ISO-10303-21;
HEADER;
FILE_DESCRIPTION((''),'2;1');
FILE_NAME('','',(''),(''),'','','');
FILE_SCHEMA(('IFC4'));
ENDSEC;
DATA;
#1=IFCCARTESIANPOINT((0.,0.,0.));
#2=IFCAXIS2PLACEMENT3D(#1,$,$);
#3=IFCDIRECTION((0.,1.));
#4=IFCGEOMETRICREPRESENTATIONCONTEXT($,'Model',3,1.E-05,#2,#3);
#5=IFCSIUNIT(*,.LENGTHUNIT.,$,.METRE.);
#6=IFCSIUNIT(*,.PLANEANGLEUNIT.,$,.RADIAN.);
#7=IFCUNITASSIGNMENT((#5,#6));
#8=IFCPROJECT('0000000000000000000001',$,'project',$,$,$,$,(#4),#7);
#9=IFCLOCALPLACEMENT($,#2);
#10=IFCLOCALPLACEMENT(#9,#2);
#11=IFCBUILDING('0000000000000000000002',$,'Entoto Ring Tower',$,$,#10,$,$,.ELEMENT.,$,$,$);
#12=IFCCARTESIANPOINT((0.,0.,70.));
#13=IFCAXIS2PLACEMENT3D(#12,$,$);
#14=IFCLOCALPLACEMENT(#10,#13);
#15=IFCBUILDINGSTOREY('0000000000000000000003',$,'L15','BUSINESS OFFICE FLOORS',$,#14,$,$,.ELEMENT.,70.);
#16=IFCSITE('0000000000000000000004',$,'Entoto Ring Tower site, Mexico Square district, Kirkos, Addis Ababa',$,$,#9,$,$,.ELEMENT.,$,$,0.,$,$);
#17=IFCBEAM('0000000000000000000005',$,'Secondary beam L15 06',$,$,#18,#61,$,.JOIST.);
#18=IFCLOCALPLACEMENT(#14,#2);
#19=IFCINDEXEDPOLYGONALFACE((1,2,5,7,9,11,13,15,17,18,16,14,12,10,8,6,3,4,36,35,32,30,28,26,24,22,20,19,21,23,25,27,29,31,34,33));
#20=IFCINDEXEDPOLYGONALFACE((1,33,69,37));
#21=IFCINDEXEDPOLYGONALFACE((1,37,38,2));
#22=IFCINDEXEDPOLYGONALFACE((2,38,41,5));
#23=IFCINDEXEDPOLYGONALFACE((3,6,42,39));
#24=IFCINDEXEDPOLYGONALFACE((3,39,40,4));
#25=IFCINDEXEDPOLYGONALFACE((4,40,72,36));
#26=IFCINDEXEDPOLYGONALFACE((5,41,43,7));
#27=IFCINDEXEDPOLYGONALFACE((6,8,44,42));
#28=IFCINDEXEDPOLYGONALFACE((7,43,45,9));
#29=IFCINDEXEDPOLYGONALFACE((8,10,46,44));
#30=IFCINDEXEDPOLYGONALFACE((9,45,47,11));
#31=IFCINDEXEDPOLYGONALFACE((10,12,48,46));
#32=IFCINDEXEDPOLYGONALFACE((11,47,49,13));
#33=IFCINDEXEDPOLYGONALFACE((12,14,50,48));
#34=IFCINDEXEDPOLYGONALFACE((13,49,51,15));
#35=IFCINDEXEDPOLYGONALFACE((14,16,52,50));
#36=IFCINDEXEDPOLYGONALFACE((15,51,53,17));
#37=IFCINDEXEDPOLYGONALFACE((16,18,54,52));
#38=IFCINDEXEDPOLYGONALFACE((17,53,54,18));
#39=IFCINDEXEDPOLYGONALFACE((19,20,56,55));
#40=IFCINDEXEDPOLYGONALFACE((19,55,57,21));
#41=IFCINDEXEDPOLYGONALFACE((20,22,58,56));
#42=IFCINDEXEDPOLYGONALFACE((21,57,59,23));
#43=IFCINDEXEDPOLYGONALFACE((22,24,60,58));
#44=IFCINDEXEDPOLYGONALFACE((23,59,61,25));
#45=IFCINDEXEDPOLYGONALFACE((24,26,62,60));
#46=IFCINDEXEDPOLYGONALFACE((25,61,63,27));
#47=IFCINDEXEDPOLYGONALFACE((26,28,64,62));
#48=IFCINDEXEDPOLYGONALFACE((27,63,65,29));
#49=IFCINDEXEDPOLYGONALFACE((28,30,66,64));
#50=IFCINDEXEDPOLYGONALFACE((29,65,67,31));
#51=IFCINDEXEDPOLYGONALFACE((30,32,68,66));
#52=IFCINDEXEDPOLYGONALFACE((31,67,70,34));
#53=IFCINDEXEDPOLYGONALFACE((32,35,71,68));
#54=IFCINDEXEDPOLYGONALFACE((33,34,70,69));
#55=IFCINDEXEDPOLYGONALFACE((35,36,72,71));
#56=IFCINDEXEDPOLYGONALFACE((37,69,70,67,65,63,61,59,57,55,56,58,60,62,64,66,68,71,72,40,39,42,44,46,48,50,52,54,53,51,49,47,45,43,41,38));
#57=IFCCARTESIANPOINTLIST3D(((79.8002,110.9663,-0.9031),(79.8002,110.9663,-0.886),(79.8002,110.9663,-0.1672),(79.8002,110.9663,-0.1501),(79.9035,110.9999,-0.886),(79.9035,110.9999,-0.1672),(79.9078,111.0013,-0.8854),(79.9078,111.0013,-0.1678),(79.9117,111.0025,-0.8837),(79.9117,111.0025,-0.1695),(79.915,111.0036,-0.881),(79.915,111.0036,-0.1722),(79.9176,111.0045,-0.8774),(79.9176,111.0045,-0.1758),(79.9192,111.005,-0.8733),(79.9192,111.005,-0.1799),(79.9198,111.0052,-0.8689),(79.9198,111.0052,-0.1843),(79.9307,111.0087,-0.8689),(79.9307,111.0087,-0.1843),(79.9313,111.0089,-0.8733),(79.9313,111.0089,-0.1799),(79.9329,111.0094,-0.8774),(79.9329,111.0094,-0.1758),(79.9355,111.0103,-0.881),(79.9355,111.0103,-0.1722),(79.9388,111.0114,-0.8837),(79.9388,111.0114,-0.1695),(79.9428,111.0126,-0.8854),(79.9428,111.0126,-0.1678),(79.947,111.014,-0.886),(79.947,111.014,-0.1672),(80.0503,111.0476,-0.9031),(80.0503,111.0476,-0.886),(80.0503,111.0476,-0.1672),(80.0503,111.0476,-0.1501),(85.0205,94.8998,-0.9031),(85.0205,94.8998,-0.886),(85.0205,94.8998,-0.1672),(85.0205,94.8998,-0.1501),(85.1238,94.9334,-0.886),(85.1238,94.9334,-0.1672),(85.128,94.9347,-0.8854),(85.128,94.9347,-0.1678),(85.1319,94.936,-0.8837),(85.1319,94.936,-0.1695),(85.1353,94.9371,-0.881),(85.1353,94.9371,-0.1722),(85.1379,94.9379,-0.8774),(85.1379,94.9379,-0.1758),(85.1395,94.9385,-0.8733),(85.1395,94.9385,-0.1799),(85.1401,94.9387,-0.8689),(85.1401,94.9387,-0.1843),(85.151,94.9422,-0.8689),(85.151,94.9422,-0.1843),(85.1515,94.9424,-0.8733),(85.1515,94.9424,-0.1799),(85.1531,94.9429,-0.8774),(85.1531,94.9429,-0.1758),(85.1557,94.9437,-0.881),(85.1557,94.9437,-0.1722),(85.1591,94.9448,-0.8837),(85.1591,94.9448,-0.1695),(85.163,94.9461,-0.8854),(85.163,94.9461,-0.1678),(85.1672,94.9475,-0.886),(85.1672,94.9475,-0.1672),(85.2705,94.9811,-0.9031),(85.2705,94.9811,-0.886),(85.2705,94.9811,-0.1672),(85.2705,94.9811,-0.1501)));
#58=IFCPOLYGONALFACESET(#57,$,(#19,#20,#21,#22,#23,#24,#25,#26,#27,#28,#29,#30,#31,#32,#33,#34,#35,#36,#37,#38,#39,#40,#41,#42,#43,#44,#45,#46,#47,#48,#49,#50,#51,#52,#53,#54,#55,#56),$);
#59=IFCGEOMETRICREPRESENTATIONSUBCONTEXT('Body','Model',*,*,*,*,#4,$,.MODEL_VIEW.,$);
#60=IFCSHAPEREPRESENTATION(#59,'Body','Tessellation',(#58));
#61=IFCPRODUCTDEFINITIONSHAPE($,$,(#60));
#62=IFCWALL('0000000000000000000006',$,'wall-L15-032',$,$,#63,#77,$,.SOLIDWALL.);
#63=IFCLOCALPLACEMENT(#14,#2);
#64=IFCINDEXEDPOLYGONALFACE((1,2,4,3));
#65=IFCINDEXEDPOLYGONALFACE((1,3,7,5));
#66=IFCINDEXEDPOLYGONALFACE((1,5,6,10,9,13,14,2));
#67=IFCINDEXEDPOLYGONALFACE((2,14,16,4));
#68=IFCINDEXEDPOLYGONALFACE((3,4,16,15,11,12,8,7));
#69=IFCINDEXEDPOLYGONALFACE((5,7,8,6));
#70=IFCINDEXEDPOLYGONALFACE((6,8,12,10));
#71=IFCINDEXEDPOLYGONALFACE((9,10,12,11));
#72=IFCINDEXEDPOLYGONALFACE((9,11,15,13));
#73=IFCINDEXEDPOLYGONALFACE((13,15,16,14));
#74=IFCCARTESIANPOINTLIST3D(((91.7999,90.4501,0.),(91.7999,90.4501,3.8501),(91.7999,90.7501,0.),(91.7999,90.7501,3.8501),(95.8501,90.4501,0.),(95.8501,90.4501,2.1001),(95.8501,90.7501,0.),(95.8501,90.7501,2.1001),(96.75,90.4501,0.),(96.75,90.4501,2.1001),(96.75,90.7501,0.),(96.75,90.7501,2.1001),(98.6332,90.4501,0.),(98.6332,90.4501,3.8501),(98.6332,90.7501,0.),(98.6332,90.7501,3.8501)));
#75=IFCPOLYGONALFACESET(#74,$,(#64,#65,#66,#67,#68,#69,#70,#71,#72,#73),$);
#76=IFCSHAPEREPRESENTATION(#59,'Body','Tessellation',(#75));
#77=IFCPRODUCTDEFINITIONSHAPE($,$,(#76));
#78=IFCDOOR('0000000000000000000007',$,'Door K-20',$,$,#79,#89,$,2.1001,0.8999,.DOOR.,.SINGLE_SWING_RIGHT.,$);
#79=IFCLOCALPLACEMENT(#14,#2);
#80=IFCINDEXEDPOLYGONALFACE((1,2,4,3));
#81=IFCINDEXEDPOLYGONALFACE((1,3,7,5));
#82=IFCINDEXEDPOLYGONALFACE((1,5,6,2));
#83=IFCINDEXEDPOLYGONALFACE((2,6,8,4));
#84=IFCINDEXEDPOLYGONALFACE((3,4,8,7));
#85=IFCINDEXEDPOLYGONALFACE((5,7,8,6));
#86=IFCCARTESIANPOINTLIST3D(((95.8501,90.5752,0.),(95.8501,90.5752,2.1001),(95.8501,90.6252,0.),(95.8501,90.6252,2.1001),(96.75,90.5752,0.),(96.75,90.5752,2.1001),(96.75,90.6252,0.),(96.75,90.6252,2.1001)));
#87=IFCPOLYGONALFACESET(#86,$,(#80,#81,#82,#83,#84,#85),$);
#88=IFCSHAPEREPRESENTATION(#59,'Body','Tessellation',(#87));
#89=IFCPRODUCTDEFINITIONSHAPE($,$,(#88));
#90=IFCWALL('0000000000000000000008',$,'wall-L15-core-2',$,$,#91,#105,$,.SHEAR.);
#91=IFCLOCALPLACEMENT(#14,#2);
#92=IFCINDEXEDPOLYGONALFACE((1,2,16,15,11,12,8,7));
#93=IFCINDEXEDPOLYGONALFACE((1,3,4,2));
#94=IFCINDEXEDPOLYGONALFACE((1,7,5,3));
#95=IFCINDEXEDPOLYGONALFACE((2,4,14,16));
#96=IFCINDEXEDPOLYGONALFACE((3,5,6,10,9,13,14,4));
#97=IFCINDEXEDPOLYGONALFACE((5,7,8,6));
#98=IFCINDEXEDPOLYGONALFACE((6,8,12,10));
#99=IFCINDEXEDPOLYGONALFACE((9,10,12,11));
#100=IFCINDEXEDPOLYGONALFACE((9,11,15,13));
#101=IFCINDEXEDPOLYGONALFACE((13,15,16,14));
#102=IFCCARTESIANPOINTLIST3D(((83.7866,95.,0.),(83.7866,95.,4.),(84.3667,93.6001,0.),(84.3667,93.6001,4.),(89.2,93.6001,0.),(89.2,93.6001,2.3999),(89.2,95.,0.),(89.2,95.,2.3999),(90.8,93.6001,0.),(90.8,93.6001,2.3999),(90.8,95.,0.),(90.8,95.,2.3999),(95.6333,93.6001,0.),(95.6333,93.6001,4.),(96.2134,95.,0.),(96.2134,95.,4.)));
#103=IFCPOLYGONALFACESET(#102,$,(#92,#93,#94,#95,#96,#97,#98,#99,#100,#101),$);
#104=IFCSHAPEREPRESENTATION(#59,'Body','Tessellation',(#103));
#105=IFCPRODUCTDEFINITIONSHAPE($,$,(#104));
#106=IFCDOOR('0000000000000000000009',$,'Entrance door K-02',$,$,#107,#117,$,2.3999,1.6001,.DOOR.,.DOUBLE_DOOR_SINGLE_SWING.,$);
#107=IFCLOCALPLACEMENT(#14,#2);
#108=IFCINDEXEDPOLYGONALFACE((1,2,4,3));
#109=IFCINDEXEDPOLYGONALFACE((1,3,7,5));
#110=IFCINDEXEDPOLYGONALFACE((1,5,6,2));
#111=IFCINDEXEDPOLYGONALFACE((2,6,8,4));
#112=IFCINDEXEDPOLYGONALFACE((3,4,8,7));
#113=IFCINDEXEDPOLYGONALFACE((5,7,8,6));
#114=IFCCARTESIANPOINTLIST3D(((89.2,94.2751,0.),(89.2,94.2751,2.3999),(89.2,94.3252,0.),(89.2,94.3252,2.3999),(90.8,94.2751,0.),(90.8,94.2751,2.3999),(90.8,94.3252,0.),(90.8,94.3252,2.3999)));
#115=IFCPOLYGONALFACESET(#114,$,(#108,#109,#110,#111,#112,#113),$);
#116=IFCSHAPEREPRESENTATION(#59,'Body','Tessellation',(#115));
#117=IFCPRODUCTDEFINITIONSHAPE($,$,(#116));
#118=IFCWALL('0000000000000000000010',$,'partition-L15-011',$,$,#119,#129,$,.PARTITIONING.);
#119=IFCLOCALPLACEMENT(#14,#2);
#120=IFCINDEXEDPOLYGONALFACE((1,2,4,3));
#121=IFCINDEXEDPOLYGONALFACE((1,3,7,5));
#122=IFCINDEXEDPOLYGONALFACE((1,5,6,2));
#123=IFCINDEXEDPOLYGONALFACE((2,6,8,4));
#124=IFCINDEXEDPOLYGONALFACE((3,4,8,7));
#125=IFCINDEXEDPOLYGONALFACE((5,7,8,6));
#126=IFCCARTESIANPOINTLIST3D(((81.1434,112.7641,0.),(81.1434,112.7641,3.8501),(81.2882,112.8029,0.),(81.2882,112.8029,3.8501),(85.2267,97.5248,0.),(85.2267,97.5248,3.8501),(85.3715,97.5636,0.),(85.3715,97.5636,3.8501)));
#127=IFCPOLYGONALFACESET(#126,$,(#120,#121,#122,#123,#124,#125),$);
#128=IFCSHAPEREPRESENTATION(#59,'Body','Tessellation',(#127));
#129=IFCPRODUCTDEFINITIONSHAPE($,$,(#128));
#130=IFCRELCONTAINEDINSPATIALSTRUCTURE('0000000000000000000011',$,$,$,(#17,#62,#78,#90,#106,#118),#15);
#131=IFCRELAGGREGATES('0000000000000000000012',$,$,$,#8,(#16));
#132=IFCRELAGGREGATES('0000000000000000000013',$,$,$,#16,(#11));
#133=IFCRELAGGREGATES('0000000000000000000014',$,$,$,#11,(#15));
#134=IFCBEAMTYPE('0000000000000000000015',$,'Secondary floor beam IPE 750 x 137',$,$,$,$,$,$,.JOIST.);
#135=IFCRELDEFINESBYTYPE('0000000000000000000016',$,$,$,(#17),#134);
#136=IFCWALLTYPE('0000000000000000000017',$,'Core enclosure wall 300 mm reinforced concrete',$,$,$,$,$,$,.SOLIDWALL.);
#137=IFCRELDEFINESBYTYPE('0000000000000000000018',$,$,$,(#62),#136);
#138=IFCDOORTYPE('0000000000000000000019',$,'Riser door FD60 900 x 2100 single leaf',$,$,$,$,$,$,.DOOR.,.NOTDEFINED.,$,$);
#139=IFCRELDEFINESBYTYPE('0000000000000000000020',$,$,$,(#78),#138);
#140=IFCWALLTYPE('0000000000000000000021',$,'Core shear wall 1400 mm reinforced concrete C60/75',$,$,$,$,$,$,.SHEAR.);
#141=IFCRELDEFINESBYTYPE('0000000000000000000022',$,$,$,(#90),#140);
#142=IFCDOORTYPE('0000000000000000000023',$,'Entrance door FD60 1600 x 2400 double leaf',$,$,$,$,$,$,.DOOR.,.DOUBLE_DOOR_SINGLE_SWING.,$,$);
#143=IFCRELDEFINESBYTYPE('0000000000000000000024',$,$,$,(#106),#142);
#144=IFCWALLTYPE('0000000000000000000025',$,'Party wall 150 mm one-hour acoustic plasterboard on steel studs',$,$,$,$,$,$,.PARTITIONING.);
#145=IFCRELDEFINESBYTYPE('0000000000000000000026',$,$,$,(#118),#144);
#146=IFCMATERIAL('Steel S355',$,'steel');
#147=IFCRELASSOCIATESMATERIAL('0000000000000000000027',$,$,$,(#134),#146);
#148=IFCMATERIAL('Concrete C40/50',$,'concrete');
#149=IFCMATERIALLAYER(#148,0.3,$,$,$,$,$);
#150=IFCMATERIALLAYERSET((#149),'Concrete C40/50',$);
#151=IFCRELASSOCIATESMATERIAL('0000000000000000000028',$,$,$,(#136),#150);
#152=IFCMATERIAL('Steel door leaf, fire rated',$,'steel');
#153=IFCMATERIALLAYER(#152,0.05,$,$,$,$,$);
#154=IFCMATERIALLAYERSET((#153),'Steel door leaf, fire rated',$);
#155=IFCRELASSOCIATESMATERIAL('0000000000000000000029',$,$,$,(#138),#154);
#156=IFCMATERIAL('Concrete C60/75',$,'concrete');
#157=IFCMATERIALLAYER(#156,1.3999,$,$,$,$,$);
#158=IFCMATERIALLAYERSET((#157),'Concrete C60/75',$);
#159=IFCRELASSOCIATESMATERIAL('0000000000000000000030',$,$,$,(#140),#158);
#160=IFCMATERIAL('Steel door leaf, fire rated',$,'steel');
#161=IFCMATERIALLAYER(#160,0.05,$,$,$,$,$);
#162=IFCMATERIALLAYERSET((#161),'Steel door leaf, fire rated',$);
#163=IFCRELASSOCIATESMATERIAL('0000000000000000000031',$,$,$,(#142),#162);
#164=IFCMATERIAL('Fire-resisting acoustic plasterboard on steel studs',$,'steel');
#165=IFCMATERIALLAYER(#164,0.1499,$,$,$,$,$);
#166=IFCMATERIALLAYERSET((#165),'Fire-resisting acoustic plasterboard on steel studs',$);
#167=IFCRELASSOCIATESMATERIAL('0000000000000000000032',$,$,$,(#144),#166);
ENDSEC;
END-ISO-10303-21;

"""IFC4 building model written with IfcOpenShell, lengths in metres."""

from ifc_helpers import new_model, si_unit, direction, frame, frame_2d, origin, origin_2d, place, context, subcontext, project, spatial, polyline, rectangle, i_section, outline, extrude, material, layer, layer_set, material_profile, profile_set, type_object, element, fill, save


model = new_model("IFC4")

# Units and contexts
model_context = context("Model", 3, precision=1e-05, world=origin(), true_north=direction((0.0, 1.0)))
body_context = subcontext(model_context, "Body", "Model", "MODEL_VIEW")
ifc_project = project(units=[si_unit("LENGTHUNIT", "METRE"), si_unit("PLANEANGLEUNIT", "RADIAN")], contexts=[model_context])

# Site, building, storey
site_placement = place(None, origin())
site = spatial("IfcSite", under=ifc_project, at=site_placement, Name="Entoto Ring Tower site, Mexico Square district, Kirkos, Addis Ababa", CompositionType="ELEMENT", RefElevation=0.0)
building_placement = place(site_placement, origin())
building = spatial("IfcBuilding", under=site, at=building_placement, Name="Entoto Ring Tower", CompositionType="ELEMENT")
storey_placement = place(building_placement, frame((0.0, 0.0, 70.0)))
storey = spatial("IfcBuildingStorey", under=building, at=storey_placement, Name="L15", Description="BUSINESS OFFICE FLOORS", CompositionType="ELEMENT", Elevation=70.0)

# Beam
ifc_material_1 = material(Name="Steel S355", Category="steel")
ifc_material_profile_1 = material_profile(ifc_material_1, i_section(OverallWidth=0.2629, OverallDepth=0.7529, WebThickness=0.0115, FlangeThickness=0.0171, FilletRadius=0.0171, at=origin_2d()), Name="IPE 750 x 137")
ifc_profile_set_1 = profile_set([ifc_material_profile_1], Name="Steel S355")
beam_type_1 = type_object("IfcBeamType", Name="Secondary floor beam IPE 750 x 137", PredefinedType="JOIST", material=ifc_profile_set_1)
beam_1_placement = place(storey_placement, frame((85.1455, 94.9404, -0.5266), z_axis=(-0.309013, 0.951058, 0.0), x_axis=(-0.951058, -0.309013, 0.0)))
element("IfcBeam", 1, at=beam_1_placement, inside=storey, type_object=beam_type_1, Name="Secondary beam L15 06", PredefinedType="JOIST", context=body_context, shape_type="SweptSolid", body=[
    extrude(i_section(OverallWidth=0.2629, OverallDepth=0.7529, WebThickness=0.0115, FlangeThickness=0.0171, FilletRadius=0.0171, at=origin_2d()), origin(), (0.0, 0.0, 1.0), 16.8933),
])

# Walls, openings, doors
ifc_material_2 = material(Name="Concrete C40/50", Category="concrete")
ifc_layer_1 = layer(ifc_material_2, 0.3)
ifc_layer_set_1 = layer_set([ifc_layer_1], Name="Concrete C40/50")
wall_type_1 = type_object("IfcWallType", Name="Core enclosure wall 300 mm reinforced concrete", PredefinedType="SOLIDWALL", material=ifc_layer_set_1)
wall_1_placement = place(storey_placement, frame((91.8, 90.6001, 0.0), z_axis=(0.0, 0.0, 1.0), x_axis=(1.0, 0.0, 0.0)))
wall_1 = element("IfcWall", 2, at=wall_1_placement, inside=storey, type_object=wall_type_1, Name="wall-L15-032", PredefinedType="SOLIDWALL", context=body_context, shape_type="SweptSolid", body=[
    extrude(rectangle(XDim=6.8333, YDim=0.3, at=frame_2d((3.4165, 0.0))), origin(), (0.0, 0.0, 1.0), 3.8501),
])
opening_1_placement = place(wall_1_placement, frame((4.05, 0.0, 0.0)))
opening_1 = element("IfcOpeningElement", 3, at=opening_1_placement, cuts=wall_1, PredefinedType="OPENING", context=body_context, shape_type="SweptSolid", body=[
    extrude(rectangle(XDim=0.8999, YDim=2.1001, at=frame_2d((0.45, 1.05))), frame((0.0, 0.1602, 0.0), z_axis=(0.0, -1.0, 0.0), x_axis=(1.0, 0.0, 0.0)), (0.0, 0.0, 1.0), 0.3201),
])
ifc_material_3 = material(Name="Steel door leaf, fire rated", Category="steel")
ifc_layer_2 = layer(ifc_material_3, 0.05)
ifc_layer_set_2 = layer_set([ifc_layer_2], Name="Steel door leaf, fire rated")
door_type_1 = type_object("IfcDoorType", Name="Riser door FD60 900 x 2100 single leaf", OperationType="NOTDEFINED", PredefinedType="DOOR", material=ifc_layer_set_2)
door_1_placement = place(opening_1_placement, frame((0.8999, 0.0, 0.0), z_axis=(0.0, 0.0, 1.0), x_axis=(-1.0, 0.0, 0.0)))
door_1 = element("IfcDoor", 4, at=door_1_placement, inside=storey, type_object=door_type_1, Name="Door K-20", OperationType="SINGLE_SWING_RIGHT", OverallHeight=2.1001, OverallWidth=0.8999, PredefinedType="DOOR", context=body_context, shape_type="SweptSolid", body=[
    extrude(rectangle(XDim=0.8999, YDim=2.1001, at=frame_2d((0.45, 1.05))), frame((0.0, 0.0249, 0.0), z_axis=(0.0, -1.0, 0.0), x_axis=(1.0, 0.0, 0.0)), (0.0, 0.0, 1.0), 0.05),
])
fill(opening_1, door_1)
ifc_material_4 = material(Name="Concrete C60/75", Category="concrete")
ifc_layer_3 = layer(ifc_material_4, 1.3999)
ifc_layer_set_3 = layer_set([ifc_layer_3], Name="Concrete C60/75")
wall_type_2 = type_object("IfcWallType", Name="Core shear wall 1400 mm reinforced concrete C60/75", PredefinedType="SHEAR", material=ifc_layer_set_3)
wall_2_placement = place(storey_placement, frame((95.9233, 94.3, 0.0), z_axis=(0.0, 0.0, 1.0), x_axis=(-1.0, 0.0, 0.0)))
wall_2 = element("IfcWall", 5, at=wall_2_placement, inside=storey, type_object=wall_type_2, Name="wall-L15-core-2", PredefinedType="SHEAR", context=body_context, shape_type="SweptSolid", body=[
    extrude(outline(polyline([(-0.29, -0.7), (12.1367, -0.7), (11.5566, 0.7), (0.29, 0.7), (-0.29, -0.7)])), origin(), (0.0, 0.0, 1.0), 4.0),
])
opening_2_placement = place(wall_2_placement, frame((5.1233, 0.0, 0.0)))
opening_2 = element("IfcOpeningElement", 6, at=opening_2_placement, cuts=wall_2, PredefinedType="OPENING", context=body_context, shape_type="SweptSolid", body=[
    extrude(rectangle(XDim=1.6001, YDim=2.3999, at=frame_2d((0.8, 1.2))), frame((0.0, 0.71, 0.0), z_axis=(0.0, -1.0, 0.0), x_axis=(1.0, 0.0, 0.0)), (0.0, 0.0, 1.0), 1.4199),
])
ifc_material_5 = material(Name="Steel door leaf, fire rated", Category="steel")
ifc_layer_4 = layer(ifc_material_5, 0.05)
ifc_layer_set_4 = layer_set([ifc_layer_4], Name="Steel door leaf, fire rated")
door_type_2 = type_object("IfcDoorType", Name="Entrance door FD60 1600 x 2400 double leaf", OperationType="DOUBLE_DOOR_SINGLE_SWING", PredefinedType="DOOR", material=ifc_layer_set_4)
door_2_placement = place(opening_2_placement, origin())
door_2 = element("IfcDoor", 7, at=door_2_placement, inside=storey, type_object=door_type_2, Name="Entrance door K-02", OperationType="DOUBLE_DOOR_SINGLE_SWING", OverallHeight=2.3999, OverallWidth=1.6001, PredefinedType="DOOR", context=body_context, shape_type="SweptSolid", body=[
    extrude(rectangle(XDim=1.6001, YDim=2.3999, at=frame_2d((0.8, 1.2))), frame((0.0, 0.0249, 0.0), z_axis=(0.0, -1.0, 0.0), x_axis=(1.0, 0.0, 0.0)), (0.0, 0.0, 1.0), 0.05),
])
fill(opening_2, door_2)

# Wall
ifc_material_6 = material(Name="Fire-resisting acoustic plasterboard on steel studs", Category="steel")
ifc_layer_5 = layer(ifc_material_6, 0.1499)
ifc_layer_set_5 = layer_set([ifc_layer_5], Name="Fire-resisting acoustic plasterboard on steel studs")
wall_type_3 = type_object("IfcWallType", Name="Party wall 150 mm one-hour acoustic plasterboard on steel studs", PredefinedType="PARTITIONING", material=ifc_layer_set_5)
wall_3_placement = place(storey_placement, frame((85.2991, 97.5442, 0.0), z_axis=(0.0, 0.0, 1.0), x_axis=(-0.258813, 0.965927, 0.0)))
element("IfcWall", 8, at=wall_3_placement, inside=storey, type_object=wall_type_3, Name="partition-L15-011", PredefinedType="PARTITIONING", context=body_context, shape_type="SweptSolid", body=[
    extrude(rectangle(XDim=15.7769, YDim=0.1499, at=frame_2d((7.8884, 0.0))), origin(), (0.0, 0.0, 1.0), 3.8501),
])

save(model, "model.ifc")
